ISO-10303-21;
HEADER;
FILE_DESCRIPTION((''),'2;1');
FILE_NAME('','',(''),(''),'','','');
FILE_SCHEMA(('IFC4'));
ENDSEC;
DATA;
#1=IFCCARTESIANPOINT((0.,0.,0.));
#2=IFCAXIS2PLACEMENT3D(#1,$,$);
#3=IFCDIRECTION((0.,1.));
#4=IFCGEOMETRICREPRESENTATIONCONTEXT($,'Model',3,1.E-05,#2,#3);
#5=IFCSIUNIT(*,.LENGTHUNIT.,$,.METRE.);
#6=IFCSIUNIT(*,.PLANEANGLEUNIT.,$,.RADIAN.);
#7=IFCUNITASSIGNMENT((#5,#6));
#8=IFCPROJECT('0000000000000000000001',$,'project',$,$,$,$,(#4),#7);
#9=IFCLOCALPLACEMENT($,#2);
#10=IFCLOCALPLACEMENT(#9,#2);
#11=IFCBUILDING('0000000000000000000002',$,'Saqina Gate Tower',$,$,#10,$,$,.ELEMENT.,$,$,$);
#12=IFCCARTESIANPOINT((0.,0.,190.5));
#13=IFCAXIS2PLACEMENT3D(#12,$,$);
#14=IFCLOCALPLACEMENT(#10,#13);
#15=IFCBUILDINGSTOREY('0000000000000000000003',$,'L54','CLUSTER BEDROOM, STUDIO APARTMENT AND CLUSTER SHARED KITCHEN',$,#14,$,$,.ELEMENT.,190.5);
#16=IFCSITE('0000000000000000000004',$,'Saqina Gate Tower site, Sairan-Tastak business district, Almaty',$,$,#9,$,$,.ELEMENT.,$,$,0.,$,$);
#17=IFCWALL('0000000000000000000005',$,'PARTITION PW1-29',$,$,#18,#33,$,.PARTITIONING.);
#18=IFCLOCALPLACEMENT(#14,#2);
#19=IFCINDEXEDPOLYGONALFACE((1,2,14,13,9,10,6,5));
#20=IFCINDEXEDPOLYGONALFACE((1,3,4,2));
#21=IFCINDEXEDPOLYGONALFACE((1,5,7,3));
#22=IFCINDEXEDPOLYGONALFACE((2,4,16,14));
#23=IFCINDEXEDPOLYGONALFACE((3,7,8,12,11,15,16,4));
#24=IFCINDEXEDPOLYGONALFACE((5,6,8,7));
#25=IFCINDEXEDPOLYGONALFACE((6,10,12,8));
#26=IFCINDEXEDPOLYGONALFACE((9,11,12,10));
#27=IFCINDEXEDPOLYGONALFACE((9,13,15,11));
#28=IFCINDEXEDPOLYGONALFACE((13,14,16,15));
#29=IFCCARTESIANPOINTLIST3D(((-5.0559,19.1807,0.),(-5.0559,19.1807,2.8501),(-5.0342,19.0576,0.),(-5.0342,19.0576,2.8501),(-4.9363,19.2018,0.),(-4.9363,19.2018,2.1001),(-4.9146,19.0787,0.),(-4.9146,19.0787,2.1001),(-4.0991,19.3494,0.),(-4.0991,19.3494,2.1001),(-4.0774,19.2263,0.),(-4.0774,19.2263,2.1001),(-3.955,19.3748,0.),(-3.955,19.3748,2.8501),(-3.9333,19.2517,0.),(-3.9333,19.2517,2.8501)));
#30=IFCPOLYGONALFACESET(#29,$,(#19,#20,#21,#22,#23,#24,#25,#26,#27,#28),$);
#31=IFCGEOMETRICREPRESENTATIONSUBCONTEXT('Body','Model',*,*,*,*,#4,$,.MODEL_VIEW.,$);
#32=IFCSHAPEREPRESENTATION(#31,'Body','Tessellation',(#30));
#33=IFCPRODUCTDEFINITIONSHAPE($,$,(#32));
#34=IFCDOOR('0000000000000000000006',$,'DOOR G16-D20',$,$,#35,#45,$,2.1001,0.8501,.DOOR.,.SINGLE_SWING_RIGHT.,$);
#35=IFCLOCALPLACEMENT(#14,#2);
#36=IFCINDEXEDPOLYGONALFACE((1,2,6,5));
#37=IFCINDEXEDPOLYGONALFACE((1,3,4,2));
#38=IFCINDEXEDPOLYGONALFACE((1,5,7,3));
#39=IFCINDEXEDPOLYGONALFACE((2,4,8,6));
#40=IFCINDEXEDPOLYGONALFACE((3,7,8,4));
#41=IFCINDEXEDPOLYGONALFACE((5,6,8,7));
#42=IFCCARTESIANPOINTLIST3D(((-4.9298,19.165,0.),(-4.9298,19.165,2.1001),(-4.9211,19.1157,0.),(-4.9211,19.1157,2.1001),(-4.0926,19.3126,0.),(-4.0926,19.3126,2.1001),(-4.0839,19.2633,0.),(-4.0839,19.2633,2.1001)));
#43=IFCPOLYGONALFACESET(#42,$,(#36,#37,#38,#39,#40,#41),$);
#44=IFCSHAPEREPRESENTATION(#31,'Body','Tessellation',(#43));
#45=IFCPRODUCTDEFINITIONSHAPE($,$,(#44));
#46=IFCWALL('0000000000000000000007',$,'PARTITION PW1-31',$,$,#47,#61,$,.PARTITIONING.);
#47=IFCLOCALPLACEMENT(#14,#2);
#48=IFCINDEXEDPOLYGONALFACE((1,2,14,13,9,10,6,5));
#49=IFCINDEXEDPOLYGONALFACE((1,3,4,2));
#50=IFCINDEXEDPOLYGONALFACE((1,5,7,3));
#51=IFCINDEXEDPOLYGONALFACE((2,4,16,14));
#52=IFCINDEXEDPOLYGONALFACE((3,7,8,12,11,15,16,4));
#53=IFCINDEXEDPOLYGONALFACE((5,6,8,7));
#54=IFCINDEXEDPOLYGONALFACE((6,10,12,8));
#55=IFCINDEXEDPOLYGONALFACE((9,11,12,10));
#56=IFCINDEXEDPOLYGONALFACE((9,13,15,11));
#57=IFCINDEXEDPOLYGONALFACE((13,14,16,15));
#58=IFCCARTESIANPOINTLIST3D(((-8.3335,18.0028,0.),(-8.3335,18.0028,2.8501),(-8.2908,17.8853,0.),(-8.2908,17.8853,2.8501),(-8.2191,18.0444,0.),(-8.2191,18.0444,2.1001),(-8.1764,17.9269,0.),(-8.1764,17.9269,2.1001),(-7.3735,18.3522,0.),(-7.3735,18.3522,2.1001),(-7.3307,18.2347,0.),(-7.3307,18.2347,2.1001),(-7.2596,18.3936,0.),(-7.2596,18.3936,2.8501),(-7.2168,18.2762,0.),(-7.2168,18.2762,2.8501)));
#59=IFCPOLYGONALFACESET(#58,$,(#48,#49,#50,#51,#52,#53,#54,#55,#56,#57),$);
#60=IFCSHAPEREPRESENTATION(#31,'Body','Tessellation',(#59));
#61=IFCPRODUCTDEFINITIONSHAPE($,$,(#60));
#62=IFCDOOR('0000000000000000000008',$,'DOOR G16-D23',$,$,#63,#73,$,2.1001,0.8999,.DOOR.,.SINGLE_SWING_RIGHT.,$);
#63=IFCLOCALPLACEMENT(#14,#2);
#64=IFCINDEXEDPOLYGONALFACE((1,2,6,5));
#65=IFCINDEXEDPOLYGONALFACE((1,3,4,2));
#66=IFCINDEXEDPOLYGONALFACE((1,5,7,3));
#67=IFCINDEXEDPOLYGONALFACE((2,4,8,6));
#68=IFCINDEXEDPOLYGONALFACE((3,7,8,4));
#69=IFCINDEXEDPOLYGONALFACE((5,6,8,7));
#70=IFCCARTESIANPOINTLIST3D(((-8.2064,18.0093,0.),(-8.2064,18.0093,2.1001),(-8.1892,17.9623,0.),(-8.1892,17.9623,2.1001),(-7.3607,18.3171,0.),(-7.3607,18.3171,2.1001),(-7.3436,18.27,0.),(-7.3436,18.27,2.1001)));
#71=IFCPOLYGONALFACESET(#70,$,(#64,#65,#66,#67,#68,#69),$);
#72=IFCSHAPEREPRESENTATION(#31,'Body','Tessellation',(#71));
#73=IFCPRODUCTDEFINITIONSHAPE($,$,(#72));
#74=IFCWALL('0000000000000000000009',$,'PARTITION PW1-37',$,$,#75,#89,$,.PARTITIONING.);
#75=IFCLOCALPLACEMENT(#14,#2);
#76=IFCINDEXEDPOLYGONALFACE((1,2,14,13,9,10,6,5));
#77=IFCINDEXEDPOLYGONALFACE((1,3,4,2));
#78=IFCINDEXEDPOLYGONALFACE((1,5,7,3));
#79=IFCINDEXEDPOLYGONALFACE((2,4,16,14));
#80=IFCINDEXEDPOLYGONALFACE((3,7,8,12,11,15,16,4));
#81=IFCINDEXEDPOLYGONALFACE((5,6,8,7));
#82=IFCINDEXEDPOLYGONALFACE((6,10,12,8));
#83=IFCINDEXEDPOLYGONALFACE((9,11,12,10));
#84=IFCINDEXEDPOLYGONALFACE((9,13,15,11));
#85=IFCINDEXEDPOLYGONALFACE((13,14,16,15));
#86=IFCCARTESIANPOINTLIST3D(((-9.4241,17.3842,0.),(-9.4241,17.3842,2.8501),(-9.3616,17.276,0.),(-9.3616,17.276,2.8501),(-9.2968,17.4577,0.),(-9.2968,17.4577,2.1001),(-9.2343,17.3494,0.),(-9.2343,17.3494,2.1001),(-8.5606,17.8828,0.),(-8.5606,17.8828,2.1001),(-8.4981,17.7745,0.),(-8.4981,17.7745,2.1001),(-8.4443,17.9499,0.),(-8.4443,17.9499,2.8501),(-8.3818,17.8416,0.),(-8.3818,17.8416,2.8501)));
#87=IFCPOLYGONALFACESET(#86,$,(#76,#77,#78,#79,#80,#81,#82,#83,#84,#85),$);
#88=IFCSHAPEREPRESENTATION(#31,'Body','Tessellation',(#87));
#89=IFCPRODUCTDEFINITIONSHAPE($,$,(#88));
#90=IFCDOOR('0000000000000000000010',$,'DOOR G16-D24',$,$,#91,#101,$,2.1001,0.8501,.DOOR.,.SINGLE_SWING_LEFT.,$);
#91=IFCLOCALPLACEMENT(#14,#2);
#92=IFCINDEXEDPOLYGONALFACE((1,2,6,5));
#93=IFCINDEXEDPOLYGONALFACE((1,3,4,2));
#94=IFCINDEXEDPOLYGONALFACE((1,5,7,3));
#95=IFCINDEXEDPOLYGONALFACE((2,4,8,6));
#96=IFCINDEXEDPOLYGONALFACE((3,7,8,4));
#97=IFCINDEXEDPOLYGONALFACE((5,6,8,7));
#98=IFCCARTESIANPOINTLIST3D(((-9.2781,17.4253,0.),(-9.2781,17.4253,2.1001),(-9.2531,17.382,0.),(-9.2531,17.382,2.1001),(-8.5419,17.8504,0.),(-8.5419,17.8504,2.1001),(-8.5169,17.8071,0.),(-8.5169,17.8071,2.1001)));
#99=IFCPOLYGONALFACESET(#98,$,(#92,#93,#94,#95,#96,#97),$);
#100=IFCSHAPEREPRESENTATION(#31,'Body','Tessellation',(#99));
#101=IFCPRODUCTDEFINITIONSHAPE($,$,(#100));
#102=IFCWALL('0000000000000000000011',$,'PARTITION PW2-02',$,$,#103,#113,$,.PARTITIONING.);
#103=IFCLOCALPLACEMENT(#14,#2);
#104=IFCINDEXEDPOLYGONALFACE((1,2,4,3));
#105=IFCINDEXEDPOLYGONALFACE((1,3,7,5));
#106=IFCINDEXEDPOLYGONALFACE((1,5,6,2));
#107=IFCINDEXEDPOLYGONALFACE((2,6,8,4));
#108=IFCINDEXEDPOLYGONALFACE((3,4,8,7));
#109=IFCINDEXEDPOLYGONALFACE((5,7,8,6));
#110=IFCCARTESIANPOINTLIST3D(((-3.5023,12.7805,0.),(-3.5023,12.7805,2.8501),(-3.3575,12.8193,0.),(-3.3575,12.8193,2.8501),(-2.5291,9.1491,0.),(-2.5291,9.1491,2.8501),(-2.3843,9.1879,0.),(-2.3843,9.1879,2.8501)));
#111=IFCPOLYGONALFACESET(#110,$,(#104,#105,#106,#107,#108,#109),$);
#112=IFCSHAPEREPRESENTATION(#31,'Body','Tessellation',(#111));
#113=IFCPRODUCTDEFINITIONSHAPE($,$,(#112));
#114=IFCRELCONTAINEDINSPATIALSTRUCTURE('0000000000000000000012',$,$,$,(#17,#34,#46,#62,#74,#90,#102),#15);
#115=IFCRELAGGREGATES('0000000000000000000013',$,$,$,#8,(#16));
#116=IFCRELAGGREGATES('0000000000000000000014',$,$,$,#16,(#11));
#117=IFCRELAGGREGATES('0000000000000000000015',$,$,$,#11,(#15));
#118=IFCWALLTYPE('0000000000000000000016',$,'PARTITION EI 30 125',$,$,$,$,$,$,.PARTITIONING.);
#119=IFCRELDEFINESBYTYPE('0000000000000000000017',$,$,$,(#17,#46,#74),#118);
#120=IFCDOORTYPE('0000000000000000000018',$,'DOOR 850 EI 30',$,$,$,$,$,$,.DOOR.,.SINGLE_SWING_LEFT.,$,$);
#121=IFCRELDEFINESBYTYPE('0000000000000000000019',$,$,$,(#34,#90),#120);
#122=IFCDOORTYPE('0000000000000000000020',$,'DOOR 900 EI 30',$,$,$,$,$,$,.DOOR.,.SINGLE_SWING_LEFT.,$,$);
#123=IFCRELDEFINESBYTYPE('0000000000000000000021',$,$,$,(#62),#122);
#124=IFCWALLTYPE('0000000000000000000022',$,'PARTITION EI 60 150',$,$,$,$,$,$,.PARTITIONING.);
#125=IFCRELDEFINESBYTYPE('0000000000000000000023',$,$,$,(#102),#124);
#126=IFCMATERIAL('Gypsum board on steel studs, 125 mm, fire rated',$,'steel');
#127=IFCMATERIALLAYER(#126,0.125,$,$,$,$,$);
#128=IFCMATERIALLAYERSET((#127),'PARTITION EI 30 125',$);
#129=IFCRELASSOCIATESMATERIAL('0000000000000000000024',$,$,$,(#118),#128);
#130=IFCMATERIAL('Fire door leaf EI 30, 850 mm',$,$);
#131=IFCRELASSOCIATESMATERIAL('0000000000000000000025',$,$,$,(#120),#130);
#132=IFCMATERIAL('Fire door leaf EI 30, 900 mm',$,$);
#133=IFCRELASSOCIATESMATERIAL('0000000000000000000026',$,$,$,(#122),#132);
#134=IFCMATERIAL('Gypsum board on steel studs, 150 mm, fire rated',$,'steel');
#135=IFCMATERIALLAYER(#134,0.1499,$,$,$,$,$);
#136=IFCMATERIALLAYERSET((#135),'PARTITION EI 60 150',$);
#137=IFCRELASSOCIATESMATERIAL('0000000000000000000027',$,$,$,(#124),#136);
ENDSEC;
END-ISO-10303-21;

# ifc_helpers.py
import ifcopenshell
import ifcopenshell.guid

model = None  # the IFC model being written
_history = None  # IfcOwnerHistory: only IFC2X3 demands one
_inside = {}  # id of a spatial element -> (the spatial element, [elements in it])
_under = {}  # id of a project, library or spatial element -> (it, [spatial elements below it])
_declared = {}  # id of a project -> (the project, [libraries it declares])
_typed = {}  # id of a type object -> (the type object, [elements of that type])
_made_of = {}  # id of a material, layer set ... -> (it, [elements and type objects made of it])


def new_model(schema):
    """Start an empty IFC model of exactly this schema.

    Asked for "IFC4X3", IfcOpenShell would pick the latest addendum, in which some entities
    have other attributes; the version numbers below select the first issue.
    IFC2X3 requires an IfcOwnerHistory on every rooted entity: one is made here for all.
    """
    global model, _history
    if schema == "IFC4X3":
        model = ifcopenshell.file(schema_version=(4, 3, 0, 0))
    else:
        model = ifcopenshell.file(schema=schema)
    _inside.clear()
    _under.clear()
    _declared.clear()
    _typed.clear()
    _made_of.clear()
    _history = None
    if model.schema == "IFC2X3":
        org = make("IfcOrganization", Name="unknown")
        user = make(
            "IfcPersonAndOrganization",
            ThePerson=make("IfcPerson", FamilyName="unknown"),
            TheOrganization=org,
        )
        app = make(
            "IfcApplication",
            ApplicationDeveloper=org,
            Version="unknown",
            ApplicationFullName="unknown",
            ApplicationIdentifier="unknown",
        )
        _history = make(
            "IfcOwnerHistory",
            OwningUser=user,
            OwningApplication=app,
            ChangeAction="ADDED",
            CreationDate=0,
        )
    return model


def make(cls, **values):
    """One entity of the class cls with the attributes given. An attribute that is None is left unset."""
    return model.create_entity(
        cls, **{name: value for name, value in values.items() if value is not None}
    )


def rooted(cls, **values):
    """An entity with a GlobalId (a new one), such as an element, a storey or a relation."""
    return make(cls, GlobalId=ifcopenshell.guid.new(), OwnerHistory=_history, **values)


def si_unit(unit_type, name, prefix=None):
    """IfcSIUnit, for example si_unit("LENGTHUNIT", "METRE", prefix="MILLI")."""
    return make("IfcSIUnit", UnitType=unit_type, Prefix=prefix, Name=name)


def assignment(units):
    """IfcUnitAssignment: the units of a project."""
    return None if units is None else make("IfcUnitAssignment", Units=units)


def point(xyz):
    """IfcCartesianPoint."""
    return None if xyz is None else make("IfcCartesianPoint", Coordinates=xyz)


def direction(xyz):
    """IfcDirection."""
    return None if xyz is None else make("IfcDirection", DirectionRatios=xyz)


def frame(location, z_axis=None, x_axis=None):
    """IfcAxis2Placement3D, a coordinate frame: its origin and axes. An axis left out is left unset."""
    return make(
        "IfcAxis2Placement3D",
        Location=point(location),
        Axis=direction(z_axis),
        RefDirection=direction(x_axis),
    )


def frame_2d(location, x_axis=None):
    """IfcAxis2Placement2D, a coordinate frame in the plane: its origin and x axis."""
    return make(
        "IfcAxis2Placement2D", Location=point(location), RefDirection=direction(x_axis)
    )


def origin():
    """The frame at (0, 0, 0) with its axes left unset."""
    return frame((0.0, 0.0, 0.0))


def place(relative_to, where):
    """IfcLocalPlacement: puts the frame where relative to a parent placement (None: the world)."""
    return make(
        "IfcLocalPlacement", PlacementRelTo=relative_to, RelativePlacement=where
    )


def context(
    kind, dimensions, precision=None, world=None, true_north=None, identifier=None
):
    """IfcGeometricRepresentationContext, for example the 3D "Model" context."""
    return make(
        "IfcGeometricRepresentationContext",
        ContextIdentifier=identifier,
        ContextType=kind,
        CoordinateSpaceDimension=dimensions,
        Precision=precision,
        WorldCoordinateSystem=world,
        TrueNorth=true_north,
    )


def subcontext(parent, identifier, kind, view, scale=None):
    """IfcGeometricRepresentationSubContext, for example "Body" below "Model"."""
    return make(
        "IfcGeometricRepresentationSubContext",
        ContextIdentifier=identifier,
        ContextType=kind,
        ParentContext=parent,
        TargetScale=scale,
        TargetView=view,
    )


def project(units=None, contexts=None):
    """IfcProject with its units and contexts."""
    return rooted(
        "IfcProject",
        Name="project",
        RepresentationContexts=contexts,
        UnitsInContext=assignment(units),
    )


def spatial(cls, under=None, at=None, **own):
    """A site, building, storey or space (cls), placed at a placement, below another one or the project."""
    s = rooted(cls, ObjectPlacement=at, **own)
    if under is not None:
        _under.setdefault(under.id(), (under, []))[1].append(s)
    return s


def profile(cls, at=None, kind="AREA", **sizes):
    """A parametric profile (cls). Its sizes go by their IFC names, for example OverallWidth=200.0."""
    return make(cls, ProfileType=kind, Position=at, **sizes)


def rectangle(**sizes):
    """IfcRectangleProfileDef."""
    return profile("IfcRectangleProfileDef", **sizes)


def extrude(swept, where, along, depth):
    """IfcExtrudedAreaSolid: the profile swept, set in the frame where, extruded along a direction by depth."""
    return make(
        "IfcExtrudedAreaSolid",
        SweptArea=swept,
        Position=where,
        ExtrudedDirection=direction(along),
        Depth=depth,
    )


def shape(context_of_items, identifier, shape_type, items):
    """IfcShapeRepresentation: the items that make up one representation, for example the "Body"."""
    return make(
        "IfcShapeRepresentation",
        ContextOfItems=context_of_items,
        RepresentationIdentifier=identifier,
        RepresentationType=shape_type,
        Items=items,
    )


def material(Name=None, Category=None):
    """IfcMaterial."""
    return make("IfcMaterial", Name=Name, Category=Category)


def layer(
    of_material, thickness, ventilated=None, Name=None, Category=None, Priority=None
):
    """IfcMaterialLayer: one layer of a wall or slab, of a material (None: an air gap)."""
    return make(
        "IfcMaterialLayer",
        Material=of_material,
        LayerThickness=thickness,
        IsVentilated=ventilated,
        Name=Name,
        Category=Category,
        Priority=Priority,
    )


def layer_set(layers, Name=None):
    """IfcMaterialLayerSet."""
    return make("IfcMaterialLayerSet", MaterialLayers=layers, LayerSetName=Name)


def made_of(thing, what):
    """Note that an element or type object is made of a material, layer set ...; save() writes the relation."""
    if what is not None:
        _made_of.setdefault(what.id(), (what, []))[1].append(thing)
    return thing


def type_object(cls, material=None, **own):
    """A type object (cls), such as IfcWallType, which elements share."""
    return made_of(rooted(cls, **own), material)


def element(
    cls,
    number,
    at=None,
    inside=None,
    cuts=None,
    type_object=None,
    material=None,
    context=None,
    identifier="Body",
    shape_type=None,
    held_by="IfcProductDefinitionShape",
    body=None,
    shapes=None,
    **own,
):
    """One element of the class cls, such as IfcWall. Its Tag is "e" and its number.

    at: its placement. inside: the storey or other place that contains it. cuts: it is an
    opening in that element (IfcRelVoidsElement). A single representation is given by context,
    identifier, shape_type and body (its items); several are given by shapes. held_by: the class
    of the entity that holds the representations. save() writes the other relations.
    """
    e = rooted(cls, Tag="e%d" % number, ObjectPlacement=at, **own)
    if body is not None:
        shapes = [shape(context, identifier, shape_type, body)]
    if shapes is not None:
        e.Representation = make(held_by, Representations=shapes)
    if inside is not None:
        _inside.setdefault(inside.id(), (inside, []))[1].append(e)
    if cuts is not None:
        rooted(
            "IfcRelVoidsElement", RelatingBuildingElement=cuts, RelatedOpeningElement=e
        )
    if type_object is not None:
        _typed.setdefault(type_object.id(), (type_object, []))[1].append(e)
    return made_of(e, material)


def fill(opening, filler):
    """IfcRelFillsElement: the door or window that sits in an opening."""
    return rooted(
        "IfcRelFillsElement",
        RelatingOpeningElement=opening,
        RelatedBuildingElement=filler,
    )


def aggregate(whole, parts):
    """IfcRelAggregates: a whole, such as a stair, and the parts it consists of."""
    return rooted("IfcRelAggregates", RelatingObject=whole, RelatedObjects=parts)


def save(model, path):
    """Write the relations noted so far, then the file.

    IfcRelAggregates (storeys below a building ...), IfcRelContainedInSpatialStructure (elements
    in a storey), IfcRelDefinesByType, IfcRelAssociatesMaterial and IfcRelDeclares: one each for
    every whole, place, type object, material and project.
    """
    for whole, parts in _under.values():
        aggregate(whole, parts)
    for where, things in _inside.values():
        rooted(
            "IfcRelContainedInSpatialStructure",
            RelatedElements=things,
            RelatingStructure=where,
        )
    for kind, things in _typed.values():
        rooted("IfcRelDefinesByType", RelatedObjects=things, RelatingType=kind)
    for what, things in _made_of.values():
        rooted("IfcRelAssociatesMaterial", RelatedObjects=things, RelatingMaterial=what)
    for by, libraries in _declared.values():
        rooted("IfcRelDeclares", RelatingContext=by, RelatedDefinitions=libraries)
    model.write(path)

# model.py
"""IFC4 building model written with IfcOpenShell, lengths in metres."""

from ifc_helpers import new_model, si_unit, direction, frame, frame_2d, origin, place, context, subcontext, project, spatial, rectangle, extrude, material, layer, layer_set, type_object, element, fill, save


model = new_model("IFC4")

# Units and contexts
model_context = context("Model", 3, precision=1e-05, world=origin(), true_north=direction((0.0, 1.0)))
body_context = subcontext(model_context, "Body", "Model", "MODEL_VIEW")
ifc_project = project(units=[si_unit("LENGTHUNIT", "METRE"), si_unit("PLANEANGLEUNIT", "RADIAN")], contexts=[model_context])

# Site, building, storey
site_placement = place(None, origin())
site = spatial("IfcSite", under=ifc_project, at=site_placement, Name="Saqina Gate Tower site, Sairan-Tastak business district, Almaty", CompositionType="ELEMENT", RefElevation=0.0)
building_placement = place(site_placement, origin())
building = spatial("IfcBuilding", under=site, at=building_placement, Name="Saqina Gate Tower", CompositionType="ELEMENT")
storey_placement = place(building_placement, frame((0.0, 0.0, 190.5)))
storey = spatial("IfcBuildingStorey", under=building, at=storey_placement, Name="L54", Description="CLUSTER BEDROOM, STUDIO APARTMENT AND CLUSTER SHARED KITCHEN", CompositionType="ELEMENT", Elevation=190.5)

# Shared definitions
ifc_material_1 = material(Name="Gypsum board on steel studs, 125 mm, fire rated", Category="steel")
ifc_layer_1 = layer(ifc_material_1, 0.125)
ifc_layer_set_1 = layer_set([ifc_layer_1], Name="PARTITION EI 30 125")
wall_type_1 = type_object("IfcWallType", Name="PARTITION EI 30 125", PredefinedType="PARTITIONING", material=ifc_layer_set_1)

# Walls, openings, doors
wall_1_placement = place(storey_placement, frame((-5.0452, 19.1191, 0.0), z_axis=(0.0, 0.0, 1.0), x_axis=(0.98481, 0.173636, 0.0)))
wall_1 = element("IfcWall", 1, at=wall_1_placement, inside=storey, type_object=wall_type_1, Name="PARTITION PW1-29", PredefinedType="PARTITIONING", context=body_context, shape_type="SweptSolid", body=[
    extrude(rectangle(XDim=1.1179, YDim=0.125, at=frame_2d((0.5591, 0.0))), origin(), (0.0, 0.0, 1.0), 2.8501),
])
opening_1_placement = place(wall_1_placement, frame((0.1216, 0.0, 0.0)))
opening_1 = element("IfcOpeningElement", 2, at=opening_1_placement, cuts=wall_1, PredefinedType="OPENING", context=body_context, shape_type="SweptSolid", body=[
    extrude(rectangle(XDim=0.8501, YDim=2.1001, at=frame_2d((0.425, 1.05))), frame((0.0, 0.0745, 0.0), z_axis=(0.0, -1.0, 0.0), x_axis=(1.0, 0.0, 0.0)), (0.0, 0.0, 1.0), 0.1489),
])
ifc_material_2 = material(Name="Fire door leaf EI 30, 850 mm")
door_type_1 = type_object("IfcDoorType", Name="DOOR 850 EI 30", OperationType="SINGLE_SWING_LEFT", PredefinedType="DOOR", material=ifc_material_2)
door_1_placement = place(opening_1_placement, frame((0.8501, 0.0, 0.0), z_axis=(0.0, 0.0, 1.0), x_axis=(-1.0, 0.0, 0.0)))
door_1 = element("IfcDoor", 3, at=door_1_placement, inside=storey, type_object=door_type_1, Name="DOOR G16-D20", OperationType="SINGLE_SWING_RIGHT", OverallHeight=2.1001, OverallWidth=0.8501, PredefinedType="DOOR", context=body_context, shape_type="SweptSolid", body=[
    extrude(rectangle(XDim=0.8501, YDim=2.1001, at=frame_2d((0.425, 1.05))), frame((0.0, 0.0249, 0.0), z_axis=(0.0, -1.0, 0.0), x_axis=(1.0, 0.0, 0.0)), (0.0, 0.0, 1.0), 0.05),
])
fill(opening_1, door_1)
wall_2_placement = place(storey_placement, frame((-8.312, 17.9441, 0.0), z_axis=(0.0, 0.0, 1.0), x_axis=(0.9397, 0.342, 0.0)))
wall_2 = element("IfcWall", 4, at=wall_2_placement, inside=storey, type_object=wall_type_1, Name="PARTITION PW1-31", PredefinedType="PARTITIONING", context=body_context, shape_type="SweptSolid", body=[
    extrude(rectangle(XDim=1.1428, YDim=0.125, at=frame_2d((0.5713, 0.0))), origin(), (0.0, 0.0, 1.0), 2.8501),
])
opening_2_placement = place(wall_2_placement, frame((0.1216, 0.0, 0.0)))
opening_2 = element("IfcOpeningElement", 5, at=opening_2_placement, cuts=wall_2, PredefinedType="OPENING", context=body_context, shape_type="SweptSolid", body=[
    extrude(rectangle(XDim=0.8999, YDim=2.1001, at=frame_2d((0.45, 1.05))), frame((0.0, 0.0745, 0.0), z_axis=(0.0, -1.0, 0.0), x_axis=(1.0, 0.0, 0.0)), (0.0, 0.0, 1.0), 0.1489),
])
ifc_material_3 = material(Name="Fire door leaf EI 30, 900 mm")
door_type_2 = type_object("IfcDoorType", Name="DOOR 900 EI 30", OperationType="SINGLE_SWING_LEFT", PredefinedType="DOOR", material=ifc_material_3)
door_2_placement = place(opening_2_placement, frame((0.8999, 0.0, 0.0), z_axis=(0.0, 0.0, 1.0), x_axis=(-1.0, 0.0, 0.0)))
door_2 = element("IfcDoor", 6, at=door_2_placement, inside=storey, type_object=door_type_2, Name="DOOR G16-D23", OperationType="SINGLE_SWING_RIGHT", OverallHeight=2.1001, OverallWidth=0.8999, PredefinedType="DOOR", context=body_context, shape_type="SweptSolid", body=[
    extrude(rectangle(XDim=0.8999, YDim=2.1001, at=frame_2d((0.45, 1.05))), frame((0.0, 0.0249, 0.0), z_axis=(0.0, -1.0, 0.0), x_axis=(1.0, 0.0, 0.0)), (0.0, 0.0, 1.0), 0.05),
])
fill(opening_2, door_2)
wall_3_placement = place(storey_placement, frame((-9.3928, 17.3301, 0.0), z_axis=(0.0, 0.0, 1.0), x_axis=(0.866017, 0.500015, 0.0)))
wall_3 = element("IfcWall", 7, at=wall_3_placement, inside=storey, type_object=wall_type_1, Name="PARTITION PW1-37", PredefinedType="PARTITIONING", context=body_context, shape_type="SweptSolid", body=[
    extrude(rectangle(XDim=1.1313, YDim=0.125, at=frame_2d((0.5657, 0.0))), origin(), (0.0, 0.0, 1.0), 2.8501),
])
opening_3_placement = place(wall_3_placement, frame((0.147, 0.0, 0.0)))
opening_3 = element("IfcOpeningElement", 8, at=opening_3_placement, cuts=wall_3, PredefinedType="OPENING", context=body_context, shape_type="SweptSolid", body=[
    extrude(rectangle(XDim=0.8501, YDim=2.1001, at=frame_2d((0.425, 1.05))), frame((0.0, 0.0745, 0.0), z_axis=(0.0, -1.0, 0.0), x_axis=(1.0, 0.0, 0.0)), (0.0, 0.0, 1.0), 0.1489),
])
door_3_placement = place(opening_3_placement, frame((0.8501, 0.0, 0.0), z_axis=(0.0, 0.0, 1.0), x_axis=(-1.0, 0.0, 0.0)))
door_3 = element("IfcDoor", 9, at=door_3_placement, inside=storey, type_object=door_type_1, Name="DOOR G16-D24", OperationType="SINGLE_SWING_LEFT", OverallHeight=2.1001, OverallWidth=0.8501, PredefinedType="DOOR", context=body_context, shape_type="SweptSolid", body=[
    extrude(rectangle(XDim=0.8501, YDim=2.1001, at=frame_2d((0.425, 1.05))), frame((0.0, 0.0249, 0.0), z_axis=(0.0, -1.0, 0.0), x_axis=(1.0, 0.0, 0.0)), (0.0, 0.0, 1.0), 0.05),
])
fill(opening_3, door_3)

# Wall
ifc_material_4 = material(Name="Gypsum board on steel studs, 150 mm, fire rated", Category="steel")
ifc_layer_2 = layer(ifc_material_4, 0.1499)
ifc_layer_set_2 = layer_set([ifc_layer_2], Name="PARTITION EI 60 150")
wall_type_2 = type_object("IfcWallType", Name="PARTITION EI 60 150", PredefinedType="PARTITIONING", material=ifc_layer_set_2)
wall_4_placement = place(storey_placement, frame((-3.4299, 12.8, 0.0), z_axis=(0.0, 0.0, 1.0), x_axis=(0.258851, -0.965917, 0.0)))
element("IfcWall", 10, at=wall_4_placement, inside=storey, type_object=wall_type_2, Name="PARTITION PW2-02", PredefinedType="PARTITIONING", context=body_context, shape_type="SweptSolid", body=[
    extrude(rectangle(XDim=3.7595, YDim=0.1499, at=frame_2d((1.8799, 0.0))), origin(), (0.0, 0.0, 1.0), 2.8501),
])

save(model, "model.ifc")
